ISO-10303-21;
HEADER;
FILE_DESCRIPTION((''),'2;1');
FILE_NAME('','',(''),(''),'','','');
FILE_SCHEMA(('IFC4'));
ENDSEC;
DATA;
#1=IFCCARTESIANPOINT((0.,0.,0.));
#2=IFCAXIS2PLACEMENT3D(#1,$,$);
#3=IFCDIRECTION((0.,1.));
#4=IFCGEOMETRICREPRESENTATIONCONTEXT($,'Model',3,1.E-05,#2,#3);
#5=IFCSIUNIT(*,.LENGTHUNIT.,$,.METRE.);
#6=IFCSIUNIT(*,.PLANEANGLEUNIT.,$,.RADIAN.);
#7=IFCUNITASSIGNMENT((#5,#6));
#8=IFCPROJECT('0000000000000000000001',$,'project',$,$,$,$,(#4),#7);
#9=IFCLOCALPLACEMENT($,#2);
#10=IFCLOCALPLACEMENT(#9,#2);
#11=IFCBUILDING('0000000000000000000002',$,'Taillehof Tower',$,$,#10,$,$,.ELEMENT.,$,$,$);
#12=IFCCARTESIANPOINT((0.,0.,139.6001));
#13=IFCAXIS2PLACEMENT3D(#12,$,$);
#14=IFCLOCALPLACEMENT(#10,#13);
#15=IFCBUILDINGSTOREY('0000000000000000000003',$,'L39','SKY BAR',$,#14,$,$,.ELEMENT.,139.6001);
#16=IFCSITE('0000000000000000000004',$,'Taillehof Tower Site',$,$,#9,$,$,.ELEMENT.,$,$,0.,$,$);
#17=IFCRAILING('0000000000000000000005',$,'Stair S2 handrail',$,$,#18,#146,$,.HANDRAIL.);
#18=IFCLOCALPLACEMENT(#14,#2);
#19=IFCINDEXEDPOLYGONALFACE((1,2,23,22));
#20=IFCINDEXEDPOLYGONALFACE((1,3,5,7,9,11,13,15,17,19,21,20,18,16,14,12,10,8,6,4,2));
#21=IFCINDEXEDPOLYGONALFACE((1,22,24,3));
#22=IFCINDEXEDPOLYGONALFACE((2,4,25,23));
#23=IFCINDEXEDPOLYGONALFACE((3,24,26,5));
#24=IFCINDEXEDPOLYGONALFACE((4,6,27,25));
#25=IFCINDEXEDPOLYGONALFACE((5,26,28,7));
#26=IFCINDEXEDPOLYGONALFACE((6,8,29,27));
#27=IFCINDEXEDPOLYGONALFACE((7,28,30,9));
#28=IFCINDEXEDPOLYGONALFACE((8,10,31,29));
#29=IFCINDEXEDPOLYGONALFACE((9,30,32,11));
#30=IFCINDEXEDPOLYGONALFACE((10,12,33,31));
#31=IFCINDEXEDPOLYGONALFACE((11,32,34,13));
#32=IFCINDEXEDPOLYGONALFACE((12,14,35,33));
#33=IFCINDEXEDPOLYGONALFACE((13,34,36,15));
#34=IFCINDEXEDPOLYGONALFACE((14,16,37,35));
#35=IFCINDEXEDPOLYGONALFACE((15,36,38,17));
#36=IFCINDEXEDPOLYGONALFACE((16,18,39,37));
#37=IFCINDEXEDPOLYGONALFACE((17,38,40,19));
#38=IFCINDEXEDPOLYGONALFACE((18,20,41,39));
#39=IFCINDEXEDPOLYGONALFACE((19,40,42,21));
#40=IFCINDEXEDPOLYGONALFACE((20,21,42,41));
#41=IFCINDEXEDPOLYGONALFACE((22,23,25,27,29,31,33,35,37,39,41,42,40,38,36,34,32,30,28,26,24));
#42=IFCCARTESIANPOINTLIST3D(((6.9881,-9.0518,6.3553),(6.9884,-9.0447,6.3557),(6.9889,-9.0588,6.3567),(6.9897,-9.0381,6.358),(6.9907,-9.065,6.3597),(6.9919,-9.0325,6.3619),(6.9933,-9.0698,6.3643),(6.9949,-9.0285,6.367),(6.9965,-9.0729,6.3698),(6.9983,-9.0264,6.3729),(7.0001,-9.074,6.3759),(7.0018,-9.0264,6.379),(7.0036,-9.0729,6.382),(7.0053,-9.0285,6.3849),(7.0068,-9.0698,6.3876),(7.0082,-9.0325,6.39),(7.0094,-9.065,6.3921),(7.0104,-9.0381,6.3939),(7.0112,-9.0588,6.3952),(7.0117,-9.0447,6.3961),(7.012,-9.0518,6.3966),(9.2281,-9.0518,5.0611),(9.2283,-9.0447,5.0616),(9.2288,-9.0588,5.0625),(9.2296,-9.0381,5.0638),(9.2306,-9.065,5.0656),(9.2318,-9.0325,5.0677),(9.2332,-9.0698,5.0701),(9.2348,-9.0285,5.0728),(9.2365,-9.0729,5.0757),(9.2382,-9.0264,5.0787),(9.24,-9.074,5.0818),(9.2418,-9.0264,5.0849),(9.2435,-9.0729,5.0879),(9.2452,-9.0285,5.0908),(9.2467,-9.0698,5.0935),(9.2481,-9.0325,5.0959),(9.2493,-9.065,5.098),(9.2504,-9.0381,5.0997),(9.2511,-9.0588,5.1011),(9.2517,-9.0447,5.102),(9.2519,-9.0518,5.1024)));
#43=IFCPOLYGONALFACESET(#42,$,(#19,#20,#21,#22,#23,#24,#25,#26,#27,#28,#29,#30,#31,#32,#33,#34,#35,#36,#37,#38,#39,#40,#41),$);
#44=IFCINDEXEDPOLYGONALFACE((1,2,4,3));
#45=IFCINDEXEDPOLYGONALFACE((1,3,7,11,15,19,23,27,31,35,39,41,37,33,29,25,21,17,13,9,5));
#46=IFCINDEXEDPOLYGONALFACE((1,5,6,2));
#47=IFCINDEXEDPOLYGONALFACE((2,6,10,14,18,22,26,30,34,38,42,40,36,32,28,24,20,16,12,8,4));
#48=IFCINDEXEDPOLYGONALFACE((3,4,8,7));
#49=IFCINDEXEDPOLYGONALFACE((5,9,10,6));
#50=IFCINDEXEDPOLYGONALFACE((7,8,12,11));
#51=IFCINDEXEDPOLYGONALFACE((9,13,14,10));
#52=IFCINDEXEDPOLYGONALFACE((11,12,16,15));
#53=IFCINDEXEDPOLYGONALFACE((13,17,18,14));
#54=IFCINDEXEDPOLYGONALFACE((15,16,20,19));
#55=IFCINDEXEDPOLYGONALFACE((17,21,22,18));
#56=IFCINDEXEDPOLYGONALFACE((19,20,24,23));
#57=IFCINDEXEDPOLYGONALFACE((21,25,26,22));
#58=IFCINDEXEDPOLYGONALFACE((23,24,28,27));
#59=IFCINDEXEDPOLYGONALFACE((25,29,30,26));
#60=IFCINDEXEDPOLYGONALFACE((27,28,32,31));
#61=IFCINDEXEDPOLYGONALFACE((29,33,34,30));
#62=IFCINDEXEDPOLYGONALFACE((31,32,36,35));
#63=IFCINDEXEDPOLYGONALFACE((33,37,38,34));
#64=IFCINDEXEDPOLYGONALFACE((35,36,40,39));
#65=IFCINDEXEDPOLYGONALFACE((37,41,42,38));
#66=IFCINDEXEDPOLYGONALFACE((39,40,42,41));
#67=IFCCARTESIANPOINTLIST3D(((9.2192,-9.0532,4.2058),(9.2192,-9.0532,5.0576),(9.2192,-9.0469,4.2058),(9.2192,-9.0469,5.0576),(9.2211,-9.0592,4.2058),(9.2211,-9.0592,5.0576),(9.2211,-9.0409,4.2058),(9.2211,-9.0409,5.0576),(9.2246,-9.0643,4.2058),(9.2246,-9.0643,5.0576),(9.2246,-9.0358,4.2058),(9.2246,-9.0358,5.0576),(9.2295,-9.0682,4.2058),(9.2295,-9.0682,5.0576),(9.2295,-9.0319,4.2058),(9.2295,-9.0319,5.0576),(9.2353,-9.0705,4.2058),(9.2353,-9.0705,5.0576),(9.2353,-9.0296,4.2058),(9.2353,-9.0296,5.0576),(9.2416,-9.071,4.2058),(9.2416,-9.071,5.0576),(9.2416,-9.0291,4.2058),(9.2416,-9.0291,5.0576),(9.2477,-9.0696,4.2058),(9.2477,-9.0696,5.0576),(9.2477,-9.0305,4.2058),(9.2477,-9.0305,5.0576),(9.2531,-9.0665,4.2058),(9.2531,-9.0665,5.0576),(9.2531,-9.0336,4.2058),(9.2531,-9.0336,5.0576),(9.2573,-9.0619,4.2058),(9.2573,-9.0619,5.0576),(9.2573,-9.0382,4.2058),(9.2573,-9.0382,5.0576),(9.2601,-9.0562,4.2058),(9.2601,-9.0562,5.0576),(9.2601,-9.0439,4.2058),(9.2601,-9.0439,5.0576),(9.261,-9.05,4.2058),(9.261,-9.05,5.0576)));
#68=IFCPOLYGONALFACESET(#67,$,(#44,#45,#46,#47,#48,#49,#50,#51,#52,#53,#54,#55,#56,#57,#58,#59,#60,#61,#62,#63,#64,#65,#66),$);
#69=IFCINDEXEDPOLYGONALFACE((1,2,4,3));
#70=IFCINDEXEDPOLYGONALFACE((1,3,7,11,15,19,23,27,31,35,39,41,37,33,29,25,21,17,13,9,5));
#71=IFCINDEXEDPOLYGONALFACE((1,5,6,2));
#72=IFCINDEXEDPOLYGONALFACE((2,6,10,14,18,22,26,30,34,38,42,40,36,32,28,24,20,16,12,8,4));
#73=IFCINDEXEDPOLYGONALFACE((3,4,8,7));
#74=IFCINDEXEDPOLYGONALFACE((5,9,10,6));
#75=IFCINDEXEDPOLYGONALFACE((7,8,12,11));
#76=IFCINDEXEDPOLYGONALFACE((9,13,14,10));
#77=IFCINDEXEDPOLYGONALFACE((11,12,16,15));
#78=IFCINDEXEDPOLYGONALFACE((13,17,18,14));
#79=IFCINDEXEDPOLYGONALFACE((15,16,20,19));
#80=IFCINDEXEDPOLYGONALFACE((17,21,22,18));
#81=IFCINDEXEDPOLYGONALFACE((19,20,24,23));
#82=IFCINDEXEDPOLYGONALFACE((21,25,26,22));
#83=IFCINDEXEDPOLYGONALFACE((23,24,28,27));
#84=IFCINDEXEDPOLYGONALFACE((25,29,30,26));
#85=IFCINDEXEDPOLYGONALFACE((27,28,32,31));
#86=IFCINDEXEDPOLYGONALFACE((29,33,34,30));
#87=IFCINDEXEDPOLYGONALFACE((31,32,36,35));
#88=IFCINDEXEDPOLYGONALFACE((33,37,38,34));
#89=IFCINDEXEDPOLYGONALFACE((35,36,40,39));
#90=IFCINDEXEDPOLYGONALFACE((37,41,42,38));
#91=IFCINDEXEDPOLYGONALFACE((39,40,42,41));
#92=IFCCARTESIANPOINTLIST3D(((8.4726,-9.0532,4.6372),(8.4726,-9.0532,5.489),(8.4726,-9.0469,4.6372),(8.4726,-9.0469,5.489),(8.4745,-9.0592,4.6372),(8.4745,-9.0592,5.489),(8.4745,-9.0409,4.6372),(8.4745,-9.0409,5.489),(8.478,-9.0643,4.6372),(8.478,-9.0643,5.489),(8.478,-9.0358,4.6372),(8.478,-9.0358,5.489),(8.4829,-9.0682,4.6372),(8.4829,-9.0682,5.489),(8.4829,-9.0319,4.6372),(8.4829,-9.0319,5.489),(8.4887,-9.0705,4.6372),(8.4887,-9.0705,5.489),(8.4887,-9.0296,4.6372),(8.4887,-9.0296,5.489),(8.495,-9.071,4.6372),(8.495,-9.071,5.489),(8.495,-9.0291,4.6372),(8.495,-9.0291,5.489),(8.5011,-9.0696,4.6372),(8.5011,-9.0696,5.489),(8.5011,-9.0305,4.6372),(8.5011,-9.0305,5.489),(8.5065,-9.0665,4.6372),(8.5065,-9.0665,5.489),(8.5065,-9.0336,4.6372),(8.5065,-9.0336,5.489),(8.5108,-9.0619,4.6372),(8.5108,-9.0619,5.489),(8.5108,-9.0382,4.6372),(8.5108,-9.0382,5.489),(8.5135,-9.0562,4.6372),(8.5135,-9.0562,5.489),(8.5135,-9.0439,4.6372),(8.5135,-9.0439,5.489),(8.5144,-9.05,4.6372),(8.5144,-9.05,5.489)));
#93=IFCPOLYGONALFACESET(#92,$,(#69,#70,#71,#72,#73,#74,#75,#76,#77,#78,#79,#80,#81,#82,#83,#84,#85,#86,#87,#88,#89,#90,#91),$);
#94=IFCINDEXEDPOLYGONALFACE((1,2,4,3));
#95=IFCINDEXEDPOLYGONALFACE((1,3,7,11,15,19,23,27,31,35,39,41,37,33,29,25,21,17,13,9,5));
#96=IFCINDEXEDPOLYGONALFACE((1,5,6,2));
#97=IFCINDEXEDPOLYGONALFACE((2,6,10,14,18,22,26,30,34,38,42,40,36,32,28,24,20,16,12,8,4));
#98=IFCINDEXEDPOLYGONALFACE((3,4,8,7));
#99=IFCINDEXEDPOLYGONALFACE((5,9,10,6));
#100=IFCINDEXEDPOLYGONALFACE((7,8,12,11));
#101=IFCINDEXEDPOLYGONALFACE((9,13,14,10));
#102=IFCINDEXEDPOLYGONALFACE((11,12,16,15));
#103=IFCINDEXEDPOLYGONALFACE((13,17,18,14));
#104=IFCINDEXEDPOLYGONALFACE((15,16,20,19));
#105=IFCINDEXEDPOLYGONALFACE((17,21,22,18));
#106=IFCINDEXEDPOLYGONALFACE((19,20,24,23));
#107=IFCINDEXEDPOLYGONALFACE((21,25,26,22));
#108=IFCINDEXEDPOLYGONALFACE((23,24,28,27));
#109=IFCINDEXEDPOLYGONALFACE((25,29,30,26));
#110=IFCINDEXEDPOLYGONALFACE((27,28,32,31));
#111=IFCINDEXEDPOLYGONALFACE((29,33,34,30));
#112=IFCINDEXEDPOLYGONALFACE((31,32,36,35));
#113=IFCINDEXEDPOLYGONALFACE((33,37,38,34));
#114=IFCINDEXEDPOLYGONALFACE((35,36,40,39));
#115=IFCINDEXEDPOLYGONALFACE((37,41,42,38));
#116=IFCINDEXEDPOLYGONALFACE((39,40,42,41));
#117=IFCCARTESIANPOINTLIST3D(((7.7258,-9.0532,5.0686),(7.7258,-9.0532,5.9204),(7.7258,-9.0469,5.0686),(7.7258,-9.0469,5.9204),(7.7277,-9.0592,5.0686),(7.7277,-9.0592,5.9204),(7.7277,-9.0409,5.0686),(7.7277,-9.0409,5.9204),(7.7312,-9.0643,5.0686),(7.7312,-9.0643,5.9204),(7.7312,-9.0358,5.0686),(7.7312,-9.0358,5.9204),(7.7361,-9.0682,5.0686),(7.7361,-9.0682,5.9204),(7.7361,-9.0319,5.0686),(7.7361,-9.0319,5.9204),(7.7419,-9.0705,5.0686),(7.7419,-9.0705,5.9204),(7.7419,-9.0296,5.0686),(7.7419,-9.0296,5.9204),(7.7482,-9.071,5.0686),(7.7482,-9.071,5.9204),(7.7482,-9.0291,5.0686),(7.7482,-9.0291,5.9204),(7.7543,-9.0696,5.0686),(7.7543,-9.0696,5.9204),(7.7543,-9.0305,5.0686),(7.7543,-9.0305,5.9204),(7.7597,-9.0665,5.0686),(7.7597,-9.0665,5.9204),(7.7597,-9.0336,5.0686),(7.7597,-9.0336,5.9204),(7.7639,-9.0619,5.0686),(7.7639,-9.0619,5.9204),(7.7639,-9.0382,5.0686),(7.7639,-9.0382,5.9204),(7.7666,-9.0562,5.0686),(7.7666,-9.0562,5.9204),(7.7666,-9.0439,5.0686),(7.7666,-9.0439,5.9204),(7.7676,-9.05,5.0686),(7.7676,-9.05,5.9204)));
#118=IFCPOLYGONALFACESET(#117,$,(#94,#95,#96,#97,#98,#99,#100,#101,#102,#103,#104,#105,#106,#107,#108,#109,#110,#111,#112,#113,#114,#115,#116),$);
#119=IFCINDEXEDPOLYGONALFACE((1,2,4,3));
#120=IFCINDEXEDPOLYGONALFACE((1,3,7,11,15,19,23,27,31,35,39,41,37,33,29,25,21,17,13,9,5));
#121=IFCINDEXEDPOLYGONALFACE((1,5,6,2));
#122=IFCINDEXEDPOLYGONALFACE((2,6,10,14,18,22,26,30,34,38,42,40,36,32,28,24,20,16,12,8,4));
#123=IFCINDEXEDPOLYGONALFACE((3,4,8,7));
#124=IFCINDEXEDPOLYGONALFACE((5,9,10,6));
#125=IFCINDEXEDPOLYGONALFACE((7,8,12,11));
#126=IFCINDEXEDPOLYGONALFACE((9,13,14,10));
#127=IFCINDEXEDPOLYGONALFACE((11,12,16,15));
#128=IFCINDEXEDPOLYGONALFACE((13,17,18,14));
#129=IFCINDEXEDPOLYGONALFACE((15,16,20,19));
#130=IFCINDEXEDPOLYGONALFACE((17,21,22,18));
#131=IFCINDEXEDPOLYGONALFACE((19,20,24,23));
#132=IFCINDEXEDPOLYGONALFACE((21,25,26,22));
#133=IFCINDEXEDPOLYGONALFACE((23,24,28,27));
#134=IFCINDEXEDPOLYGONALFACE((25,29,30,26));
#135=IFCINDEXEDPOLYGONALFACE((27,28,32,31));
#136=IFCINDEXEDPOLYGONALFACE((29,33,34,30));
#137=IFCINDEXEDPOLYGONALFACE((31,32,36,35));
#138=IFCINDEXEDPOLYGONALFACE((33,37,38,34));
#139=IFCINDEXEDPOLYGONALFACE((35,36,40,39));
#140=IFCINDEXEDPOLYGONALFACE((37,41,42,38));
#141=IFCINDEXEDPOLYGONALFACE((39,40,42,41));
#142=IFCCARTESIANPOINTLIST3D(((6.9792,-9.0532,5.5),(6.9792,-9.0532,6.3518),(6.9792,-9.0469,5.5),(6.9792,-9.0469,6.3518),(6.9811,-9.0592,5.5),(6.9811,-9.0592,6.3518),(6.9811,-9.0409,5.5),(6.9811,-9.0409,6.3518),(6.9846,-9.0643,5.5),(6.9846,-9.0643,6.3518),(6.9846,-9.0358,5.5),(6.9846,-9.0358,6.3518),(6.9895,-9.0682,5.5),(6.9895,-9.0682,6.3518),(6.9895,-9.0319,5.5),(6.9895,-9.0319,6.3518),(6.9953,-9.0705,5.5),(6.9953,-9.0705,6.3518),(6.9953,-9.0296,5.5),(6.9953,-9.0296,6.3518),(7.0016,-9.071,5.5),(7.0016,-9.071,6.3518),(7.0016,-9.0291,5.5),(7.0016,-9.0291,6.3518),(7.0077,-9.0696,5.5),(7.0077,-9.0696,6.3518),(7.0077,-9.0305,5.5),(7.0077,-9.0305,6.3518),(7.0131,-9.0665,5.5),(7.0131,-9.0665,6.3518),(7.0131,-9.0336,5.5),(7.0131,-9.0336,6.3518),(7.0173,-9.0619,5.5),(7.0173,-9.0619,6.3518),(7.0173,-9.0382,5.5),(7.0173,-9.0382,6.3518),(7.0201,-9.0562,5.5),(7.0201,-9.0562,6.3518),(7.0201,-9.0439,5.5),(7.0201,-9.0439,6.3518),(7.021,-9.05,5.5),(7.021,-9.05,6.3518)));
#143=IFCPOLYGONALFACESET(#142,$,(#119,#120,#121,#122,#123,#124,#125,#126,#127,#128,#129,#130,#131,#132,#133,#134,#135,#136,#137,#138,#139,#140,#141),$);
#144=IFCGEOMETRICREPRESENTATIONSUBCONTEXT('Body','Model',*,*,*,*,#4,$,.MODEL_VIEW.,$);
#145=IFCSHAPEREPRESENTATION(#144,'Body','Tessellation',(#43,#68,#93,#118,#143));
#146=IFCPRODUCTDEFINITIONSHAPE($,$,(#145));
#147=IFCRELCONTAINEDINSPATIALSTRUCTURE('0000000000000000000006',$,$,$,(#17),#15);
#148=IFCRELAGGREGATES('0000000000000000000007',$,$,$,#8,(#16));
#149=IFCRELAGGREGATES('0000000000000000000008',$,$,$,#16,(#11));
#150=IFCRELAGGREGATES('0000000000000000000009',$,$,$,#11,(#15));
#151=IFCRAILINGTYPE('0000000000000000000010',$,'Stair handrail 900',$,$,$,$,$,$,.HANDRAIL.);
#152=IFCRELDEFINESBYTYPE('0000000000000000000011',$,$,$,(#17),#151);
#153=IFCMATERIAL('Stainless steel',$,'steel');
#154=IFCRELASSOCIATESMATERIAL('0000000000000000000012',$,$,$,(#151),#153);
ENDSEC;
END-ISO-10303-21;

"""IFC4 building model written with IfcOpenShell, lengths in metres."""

from ifc_helpers import new_model, si_unit, direction, frame, origin, origin_2d, place, context, subcontext, project, spatial, circle, extrude, material, type_object, element, save


model = new_model("IFC4")

# Units and contexts
model_context = context("Model", 3, precision=1e-05, world=origin(), true_north=direction((0.0, 1.0)))
body_context = subcontext(model_context, "Body", "Model", "MODEL_VIEW")
ifc_project = project(units=[si_unit("LENGTHUNIT", "METRE"), si_unit("PLANEANGLEUNIT", "RADIAN")], contexts=[model_context])

# Site, building, storey
site_placement = place(None, origin())
site = spatial("IfcSite", under=ifc_project, at=site_placement, Name="Taillehof Tower Site", CompositionType="ELEMENT", RefElevation=0.0)
building_placement = place(site_placement, origin())
building = spatial("IfcBuilding", under=site, at=building_placement, Name="Taillehof Tower", CompositionType="ELEMENT")
storey_placement = place(building_placement, frame((0.0, 0.0, 139.6001)))
storey = spatial("IfcBuildingStorey", under=building, at=storey_placement, Name="L39", Description="SKY BAR", CompositionType="ELEMENT", Elevation=139.6001)

# Railing
ifc_material_1 = material(Name="Stainless steel", Category="steel")
railing_type = type_object("IfcRailingType", Name="Stair handrail 900", PredefinedType="HANDRAIL", material=ifc_material_1)
railing_1_placement = place(storey_placement, frame((9.24, -9.05, 4.2058)))
element("IfcRailing", 1, at=railing_1_placement, inside=storey, type_object=railing_type, Name="Stair S2 handrail", PredefinedType="HANDRAIL", context=body_context, shape_type="SweptSolid", body=[
    extrude(circle(Radius=0.0239, at=origin_2d()), frame((0.0, 0.0, 0.876), z_axis=(-0.86587, 0.0, 0.50027), x_axis=(0.0, -1.0, 0.0)), (0.0, 0.0, 1.0), 2.5869),
    extrude(circle(Radius=0.021, at=origin_2d()), origin(), (0.0, 0.0, 1.0), 0.8518),
    extrude(circle(Radius=0.021, at=origin_2d()), frame((-0.7466, 0.0, 0.4314)), (0.0, 0.0, 1.0), 0.8518),
    extrude(circle(Radius=0.021, at=origin_2d()), frame((-1.4934, 0.0, 0.8628)), (0.0, 0.0, 1.0), 0.8518),
    extrude(circle(Radius=0.021, at=origin_2d()), frame((-2.24, 0.0, 1.2942)), (0.0, 0.0, 1.0), 0.8518),
])

save(model, "model.ifc")
